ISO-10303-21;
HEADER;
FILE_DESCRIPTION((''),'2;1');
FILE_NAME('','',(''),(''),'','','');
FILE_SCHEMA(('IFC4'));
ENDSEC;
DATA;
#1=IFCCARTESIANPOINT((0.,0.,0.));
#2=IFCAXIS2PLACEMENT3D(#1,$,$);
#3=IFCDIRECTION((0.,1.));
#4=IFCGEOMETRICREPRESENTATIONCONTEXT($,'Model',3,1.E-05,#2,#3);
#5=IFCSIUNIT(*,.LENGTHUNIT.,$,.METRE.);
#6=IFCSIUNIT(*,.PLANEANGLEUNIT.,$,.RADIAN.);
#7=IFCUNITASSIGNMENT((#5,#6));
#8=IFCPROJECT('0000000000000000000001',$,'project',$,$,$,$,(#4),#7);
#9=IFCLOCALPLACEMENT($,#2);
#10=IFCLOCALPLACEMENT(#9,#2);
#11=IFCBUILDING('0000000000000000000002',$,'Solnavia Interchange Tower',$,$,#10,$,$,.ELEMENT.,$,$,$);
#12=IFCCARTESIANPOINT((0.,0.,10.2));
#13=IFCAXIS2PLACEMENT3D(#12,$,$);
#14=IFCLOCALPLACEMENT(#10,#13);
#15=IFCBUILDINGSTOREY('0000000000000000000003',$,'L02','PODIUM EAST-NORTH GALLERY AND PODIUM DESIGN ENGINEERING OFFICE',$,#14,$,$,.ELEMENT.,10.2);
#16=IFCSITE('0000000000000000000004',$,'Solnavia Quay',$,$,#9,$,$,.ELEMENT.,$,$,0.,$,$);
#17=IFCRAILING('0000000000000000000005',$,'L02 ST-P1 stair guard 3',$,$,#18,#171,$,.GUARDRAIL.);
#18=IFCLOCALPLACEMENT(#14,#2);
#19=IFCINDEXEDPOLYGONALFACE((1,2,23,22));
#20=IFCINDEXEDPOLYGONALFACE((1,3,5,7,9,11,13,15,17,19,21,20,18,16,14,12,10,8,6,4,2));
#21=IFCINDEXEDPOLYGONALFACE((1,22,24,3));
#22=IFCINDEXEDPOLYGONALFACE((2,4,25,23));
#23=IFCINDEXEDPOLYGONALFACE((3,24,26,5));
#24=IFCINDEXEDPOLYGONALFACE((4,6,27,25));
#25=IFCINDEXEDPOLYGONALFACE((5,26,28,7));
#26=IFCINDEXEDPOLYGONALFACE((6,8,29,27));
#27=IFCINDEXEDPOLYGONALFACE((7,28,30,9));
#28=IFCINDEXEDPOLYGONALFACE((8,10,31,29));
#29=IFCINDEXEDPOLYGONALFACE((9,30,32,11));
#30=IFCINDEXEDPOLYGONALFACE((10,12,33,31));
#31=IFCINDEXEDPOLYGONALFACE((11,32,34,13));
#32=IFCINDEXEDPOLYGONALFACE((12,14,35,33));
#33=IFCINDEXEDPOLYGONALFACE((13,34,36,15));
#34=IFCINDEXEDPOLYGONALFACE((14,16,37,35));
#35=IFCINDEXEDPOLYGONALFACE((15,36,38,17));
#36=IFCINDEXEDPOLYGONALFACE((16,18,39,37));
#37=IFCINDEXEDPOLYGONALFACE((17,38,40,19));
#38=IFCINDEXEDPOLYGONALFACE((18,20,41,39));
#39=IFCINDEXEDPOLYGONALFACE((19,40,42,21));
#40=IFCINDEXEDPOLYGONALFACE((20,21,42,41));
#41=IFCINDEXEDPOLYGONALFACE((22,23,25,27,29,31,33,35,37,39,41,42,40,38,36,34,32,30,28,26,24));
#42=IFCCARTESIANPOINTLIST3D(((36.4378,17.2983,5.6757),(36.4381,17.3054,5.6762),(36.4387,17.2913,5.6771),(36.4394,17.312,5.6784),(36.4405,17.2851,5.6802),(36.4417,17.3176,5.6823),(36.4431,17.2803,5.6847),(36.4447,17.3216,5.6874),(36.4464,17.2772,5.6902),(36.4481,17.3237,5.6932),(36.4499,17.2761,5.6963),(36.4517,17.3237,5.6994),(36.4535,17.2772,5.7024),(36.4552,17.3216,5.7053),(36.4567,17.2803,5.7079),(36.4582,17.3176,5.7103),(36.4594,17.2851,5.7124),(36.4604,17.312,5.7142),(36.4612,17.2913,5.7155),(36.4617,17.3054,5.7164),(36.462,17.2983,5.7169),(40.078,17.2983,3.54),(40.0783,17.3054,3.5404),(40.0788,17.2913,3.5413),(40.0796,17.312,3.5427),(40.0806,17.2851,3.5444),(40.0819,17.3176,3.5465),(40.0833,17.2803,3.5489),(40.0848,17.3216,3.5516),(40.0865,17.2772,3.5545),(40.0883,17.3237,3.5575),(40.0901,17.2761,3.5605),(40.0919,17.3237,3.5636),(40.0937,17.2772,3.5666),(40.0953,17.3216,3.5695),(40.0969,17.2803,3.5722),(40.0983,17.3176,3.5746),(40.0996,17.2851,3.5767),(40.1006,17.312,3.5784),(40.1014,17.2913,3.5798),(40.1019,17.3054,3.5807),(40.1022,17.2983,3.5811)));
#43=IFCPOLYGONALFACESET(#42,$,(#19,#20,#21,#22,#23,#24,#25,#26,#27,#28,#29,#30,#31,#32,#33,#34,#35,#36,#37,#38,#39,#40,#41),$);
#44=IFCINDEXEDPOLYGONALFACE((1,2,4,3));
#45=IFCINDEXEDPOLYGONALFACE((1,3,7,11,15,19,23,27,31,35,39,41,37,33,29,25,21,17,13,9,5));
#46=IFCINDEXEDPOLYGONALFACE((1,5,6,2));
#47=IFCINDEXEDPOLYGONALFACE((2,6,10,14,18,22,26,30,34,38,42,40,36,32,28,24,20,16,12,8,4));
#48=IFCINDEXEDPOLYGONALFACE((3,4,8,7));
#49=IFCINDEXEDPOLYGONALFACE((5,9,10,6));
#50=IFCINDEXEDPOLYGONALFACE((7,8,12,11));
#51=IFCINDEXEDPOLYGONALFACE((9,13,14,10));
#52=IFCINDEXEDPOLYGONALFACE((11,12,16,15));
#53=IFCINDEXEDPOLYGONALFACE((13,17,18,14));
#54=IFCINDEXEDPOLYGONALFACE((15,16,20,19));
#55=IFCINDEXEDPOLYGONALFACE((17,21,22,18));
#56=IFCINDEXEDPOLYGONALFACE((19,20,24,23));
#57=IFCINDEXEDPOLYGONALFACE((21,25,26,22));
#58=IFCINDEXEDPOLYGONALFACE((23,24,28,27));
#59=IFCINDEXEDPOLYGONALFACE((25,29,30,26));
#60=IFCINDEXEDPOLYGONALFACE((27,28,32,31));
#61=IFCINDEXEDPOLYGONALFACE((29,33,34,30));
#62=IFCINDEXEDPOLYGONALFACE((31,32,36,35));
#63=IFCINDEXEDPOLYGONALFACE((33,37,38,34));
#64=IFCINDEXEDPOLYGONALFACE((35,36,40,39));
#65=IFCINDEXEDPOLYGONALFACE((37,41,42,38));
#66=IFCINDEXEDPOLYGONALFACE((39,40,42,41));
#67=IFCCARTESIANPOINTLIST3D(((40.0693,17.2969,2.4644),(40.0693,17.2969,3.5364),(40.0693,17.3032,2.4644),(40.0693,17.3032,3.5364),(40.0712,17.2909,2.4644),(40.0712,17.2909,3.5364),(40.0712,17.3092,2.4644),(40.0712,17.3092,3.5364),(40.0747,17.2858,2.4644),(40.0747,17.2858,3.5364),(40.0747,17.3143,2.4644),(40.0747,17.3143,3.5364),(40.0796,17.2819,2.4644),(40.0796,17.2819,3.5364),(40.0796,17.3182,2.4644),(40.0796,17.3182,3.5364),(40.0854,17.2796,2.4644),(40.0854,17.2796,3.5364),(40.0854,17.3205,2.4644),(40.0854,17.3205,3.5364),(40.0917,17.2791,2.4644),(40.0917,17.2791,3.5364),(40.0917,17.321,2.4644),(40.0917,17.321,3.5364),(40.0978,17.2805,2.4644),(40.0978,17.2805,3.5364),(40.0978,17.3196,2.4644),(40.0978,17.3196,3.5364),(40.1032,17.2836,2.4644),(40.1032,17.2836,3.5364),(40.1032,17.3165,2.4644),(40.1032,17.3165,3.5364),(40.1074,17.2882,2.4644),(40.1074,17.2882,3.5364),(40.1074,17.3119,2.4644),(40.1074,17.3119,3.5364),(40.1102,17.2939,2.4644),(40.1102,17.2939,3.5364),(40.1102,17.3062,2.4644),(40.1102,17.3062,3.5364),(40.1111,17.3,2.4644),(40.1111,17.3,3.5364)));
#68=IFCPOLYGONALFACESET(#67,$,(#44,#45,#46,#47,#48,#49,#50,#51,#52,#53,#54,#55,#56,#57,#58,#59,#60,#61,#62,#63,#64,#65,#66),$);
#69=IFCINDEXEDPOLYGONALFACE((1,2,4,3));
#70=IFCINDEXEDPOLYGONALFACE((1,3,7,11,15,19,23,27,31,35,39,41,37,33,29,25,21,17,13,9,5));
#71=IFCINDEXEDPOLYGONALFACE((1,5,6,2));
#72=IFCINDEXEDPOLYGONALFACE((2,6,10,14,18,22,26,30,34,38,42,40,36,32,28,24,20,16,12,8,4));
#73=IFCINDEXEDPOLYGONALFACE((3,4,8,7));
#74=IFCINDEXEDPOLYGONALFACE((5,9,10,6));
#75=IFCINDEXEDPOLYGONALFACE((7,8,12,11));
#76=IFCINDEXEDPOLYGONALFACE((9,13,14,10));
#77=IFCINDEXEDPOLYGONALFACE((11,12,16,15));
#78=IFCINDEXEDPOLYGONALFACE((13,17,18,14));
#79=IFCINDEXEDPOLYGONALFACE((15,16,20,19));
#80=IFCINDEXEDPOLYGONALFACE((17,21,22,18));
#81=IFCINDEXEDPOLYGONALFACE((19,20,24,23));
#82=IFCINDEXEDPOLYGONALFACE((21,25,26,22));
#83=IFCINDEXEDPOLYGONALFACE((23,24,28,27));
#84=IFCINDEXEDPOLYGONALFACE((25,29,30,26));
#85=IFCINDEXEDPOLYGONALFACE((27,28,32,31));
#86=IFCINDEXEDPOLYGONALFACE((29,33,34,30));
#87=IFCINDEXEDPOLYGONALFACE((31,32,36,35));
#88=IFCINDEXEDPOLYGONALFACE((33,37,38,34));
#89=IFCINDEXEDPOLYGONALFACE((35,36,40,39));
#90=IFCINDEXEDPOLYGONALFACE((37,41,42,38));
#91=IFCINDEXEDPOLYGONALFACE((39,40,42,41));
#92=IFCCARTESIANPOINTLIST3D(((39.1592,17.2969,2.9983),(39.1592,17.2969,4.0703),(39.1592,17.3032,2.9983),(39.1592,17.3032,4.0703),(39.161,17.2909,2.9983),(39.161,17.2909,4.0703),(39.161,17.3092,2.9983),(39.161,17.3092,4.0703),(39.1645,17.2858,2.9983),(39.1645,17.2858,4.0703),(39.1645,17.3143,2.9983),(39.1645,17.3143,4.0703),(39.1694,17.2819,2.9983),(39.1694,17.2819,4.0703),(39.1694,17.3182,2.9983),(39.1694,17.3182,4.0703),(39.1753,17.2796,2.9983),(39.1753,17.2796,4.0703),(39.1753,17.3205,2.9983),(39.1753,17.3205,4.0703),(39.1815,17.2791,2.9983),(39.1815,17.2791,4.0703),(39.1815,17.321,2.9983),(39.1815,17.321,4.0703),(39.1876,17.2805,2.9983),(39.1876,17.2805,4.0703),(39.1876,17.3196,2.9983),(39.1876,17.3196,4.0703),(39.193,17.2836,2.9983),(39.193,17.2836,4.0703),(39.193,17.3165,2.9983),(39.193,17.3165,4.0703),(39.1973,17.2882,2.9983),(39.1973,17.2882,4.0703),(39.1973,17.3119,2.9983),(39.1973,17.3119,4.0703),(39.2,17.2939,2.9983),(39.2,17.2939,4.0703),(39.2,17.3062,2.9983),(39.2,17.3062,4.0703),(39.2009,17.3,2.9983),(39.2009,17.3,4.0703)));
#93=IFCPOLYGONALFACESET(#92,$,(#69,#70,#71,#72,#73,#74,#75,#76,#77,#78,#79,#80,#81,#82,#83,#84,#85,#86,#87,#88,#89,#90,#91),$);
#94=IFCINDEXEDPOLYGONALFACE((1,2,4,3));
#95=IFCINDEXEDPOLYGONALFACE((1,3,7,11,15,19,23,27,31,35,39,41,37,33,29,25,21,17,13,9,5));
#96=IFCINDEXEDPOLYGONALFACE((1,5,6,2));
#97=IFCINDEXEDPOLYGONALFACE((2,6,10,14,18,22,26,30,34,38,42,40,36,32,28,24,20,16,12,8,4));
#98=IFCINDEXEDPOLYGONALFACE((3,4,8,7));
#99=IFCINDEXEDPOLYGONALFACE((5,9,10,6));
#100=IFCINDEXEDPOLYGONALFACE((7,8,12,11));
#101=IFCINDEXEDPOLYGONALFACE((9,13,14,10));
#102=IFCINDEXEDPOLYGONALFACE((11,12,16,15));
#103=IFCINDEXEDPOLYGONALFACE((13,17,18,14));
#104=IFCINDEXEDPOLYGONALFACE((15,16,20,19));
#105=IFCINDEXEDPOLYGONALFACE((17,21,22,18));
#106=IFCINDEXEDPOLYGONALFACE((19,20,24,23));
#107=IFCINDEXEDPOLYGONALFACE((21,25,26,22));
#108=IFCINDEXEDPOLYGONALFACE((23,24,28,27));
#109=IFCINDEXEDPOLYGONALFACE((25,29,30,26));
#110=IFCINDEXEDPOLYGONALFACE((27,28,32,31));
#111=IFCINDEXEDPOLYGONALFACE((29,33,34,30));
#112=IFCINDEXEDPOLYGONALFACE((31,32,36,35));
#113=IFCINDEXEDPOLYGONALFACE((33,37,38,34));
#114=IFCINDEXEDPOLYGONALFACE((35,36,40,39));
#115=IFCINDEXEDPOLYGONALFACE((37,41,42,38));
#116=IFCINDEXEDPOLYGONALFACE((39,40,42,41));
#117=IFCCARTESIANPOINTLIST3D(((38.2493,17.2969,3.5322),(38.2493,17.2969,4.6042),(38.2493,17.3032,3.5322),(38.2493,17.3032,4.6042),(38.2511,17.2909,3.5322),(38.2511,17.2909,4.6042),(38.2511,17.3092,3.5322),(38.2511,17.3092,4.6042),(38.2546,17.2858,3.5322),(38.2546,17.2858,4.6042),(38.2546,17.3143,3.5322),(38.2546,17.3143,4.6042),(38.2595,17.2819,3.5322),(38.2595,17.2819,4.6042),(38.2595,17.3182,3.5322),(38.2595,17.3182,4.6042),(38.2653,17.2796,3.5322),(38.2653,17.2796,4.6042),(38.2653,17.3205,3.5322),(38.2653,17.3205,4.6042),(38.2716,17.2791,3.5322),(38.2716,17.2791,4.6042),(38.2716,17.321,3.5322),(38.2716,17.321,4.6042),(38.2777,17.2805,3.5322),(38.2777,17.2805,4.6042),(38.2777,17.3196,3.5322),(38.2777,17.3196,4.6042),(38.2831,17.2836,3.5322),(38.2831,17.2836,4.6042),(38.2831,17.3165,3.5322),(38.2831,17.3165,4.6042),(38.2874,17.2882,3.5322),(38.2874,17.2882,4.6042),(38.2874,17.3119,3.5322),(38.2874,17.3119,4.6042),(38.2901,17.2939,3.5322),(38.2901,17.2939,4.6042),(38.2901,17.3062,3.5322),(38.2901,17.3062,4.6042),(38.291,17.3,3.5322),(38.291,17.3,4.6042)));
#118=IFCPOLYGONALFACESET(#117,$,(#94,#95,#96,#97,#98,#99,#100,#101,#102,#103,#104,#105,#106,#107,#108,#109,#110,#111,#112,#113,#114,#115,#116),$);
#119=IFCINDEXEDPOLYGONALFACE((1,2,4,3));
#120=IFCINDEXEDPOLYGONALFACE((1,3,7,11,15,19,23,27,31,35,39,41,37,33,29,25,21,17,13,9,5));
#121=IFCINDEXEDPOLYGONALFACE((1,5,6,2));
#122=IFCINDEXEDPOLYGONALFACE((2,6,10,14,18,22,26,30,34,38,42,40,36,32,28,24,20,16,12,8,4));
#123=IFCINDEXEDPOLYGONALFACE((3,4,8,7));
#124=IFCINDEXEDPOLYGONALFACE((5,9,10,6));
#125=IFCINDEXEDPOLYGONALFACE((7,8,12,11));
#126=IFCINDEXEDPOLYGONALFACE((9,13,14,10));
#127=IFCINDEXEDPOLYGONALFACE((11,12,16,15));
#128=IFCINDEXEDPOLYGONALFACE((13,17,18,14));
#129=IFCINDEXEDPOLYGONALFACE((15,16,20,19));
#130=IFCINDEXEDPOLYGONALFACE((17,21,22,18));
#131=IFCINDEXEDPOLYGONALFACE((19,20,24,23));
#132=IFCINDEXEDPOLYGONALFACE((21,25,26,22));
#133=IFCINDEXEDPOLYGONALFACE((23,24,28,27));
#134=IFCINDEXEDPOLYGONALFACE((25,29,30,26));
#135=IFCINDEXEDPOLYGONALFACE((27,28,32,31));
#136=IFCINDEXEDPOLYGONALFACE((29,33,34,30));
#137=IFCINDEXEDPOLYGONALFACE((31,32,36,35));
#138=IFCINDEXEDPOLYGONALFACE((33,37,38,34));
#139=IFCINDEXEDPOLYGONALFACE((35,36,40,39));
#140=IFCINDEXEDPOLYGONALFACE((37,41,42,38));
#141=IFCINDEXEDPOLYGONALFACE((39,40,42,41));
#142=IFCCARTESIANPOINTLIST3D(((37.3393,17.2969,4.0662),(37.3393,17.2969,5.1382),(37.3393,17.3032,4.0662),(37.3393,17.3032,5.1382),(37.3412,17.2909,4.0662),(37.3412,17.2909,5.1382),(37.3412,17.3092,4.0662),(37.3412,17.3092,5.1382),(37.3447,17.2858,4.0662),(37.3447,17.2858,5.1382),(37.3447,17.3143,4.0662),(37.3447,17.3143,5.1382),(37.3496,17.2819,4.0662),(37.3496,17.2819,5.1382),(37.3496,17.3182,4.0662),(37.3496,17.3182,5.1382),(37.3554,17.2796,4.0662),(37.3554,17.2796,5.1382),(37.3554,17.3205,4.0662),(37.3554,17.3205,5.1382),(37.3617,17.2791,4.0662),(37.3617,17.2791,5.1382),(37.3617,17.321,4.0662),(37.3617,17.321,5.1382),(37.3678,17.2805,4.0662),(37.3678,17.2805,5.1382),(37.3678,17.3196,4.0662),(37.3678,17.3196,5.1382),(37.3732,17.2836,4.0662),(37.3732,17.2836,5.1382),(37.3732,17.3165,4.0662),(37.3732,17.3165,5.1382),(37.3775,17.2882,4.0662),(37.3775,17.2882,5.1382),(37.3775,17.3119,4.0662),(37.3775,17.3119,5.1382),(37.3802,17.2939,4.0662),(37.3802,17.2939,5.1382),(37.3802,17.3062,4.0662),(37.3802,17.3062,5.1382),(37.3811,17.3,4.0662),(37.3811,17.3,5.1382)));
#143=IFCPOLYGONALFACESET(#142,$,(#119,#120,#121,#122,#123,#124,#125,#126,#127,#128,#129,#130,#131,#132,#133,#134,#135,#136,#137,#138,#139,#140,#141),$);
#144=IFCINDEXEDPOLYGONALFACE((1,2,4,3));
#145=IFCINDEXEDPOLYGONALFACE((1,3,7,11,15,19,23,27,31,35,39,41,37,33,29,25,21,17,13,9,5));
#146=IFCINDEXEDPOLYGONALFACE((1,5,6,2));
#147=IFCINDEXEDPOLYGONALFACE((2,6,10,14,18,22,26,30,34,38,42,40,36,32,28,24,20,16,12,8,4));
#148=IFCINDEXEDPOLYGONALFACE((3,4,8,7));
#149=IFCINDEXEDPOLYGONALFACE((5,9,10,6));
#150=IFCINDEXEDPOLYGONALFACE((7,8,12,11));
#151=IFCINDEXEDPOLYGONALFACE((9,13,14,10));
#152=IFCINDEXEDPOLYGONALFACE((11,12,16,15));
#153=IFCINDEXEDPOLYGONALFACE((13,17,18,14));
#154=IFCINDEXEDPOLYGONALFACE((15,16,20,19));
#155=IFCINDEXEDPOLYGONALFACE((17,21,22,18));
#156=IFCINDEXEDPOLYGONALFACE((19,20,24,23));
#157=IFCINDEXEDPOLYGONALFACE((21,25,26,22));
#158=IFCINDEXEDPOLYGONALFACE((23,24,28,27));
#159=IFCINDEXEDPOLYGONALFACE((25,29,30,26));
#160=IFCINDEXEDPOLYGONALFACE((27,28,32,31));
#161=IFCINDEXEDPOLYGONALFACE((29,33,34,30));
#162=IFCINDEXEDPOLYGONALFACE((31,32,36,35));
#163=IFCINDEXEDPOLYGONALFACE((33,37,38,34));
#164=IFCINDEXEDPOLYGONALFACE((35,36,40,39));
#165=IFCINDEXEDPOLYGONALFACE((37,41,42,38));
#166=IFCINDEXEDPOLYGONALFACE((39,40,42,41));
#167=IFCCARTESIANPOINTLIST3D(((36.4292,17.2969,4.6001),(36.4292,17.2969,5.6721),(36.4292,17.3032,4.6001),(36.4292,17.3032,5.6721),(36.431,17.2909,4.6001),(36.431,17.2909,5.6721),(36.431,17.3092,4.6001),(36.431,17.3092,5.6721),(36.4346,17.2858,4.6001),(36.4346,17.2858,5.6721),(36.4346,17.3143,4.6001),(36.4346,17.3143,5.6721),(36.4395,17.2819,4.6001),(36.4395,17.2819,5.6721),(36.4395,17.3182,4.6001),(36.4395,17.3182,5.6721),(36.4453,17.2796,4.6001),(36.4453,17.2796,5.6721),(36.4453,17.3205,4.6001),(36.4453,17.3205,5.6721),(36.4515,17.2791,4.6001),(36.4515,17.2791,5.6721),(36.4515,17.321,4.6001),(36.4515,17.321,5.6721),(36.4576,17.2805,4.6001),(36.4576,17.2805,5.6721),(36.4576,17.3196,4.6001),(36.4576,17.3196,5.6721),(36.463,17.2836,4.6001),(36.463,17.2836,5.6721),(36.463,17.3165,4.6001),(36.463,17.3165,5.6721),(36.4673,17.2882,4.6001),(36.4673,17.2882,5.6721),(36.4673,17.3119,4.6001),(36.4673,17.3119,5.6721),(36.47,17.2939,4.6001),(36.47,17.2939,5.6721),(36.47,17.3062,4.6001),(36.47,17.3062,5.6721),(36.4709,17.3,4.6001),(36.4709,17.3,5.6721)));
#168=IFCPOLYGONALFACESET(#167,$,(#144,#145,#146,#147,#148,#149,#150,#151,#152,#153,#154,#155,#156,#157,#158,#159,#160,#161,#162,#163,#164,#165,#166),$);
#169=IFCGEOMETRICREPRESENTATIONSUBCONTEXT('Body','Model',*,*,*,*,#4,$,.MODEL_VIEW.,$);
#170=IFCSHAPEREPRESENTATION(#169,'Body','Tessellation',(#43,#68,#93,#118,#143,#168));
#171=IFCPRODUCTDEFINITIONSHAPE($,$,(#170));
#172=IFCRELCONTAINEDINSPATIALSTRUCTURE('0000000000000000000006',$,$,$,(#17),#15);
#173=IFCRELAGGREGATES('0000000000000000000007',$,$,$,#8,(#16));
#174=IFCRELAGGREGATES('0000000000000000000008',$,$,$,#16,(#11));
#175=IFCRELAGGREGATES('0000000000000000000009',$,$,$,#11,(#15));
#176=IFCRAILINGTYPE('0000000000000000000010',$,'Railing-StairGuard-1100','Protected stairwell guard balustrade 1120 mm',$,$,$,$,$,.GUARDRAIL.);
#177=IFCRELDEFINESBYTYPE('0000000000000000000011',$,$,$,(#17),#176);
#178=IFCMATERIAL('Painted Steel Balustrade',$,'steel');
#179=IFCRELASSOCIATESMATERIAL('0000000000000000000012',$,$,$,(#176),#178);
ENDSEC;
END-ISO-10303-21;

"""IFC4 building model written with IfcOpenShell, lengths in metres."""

from ifc_helpers import new_model, si_unit, direction, frame, origin, origin_2d, place, context, subcontext, project, spatial, circle, extrude, material, type_object, element, save


model = new_model("IFC4")

# Units and contexts
model_context = context("Model", 3, precision=1e-05, world=origin(), true_north=direction((0.0, 1.0)))
body_context = subcontext(model_context, "Body", "Model", "MODEL_VIEW")
ifc_project = project(units=[si_unit("LENGTHUNIT", "METRE"), si_unit("PLANEANGLEUNIT", "RADIAN")], contexts=[model_context])

# Site, building, storey
site_placement = place(None, origin())
site = spatial("IfcSite", under=ifc_project, at=site_placement, Name="Solnavia Quay", CompositionType="ELEMENT", RefElevation=0.0)
building_placement = place(site_placement, origin())
building = spatial("IfcBuilding", under=site, at=building_placement, Name="Solnavia Interchange Tower", CompositionType="ELEMENT")
storey_placement = place(building_placement, frame((0.0, 0.0, 10.2)))
storey = spatial("IfcBuildingStorey", under=building, at=storey_placement, Name="L02", Description="PODIUM EAST-NORTH GALLERY AND PODIUM DESIGN ENGINEERING OFFICE", CompositionType="ELEMENT", Elevation=10.2)

# Railing
ifc_material_1 = material(Name="Painted Steel Balustrade", Category="steel")
railing_type_1 = type_object("IfcRailingType", Name="Railing-StairGuard-1100", Description="Protected stairwell guard balustrade 1120 mm", PredefinedType="GUARDRAIL", material=ifc_material_1)
railing_1_placement = place(storey_placement, frame((40.0901, 17.3, 2.4644)))
element("IfcRailing", 1, at=railing_1_placement, inside=storey, type_object=railing_type_1, Name="L02 ST-P1 stair guard 3", PredefinedType="GUARDRAIL", context=body_context, shape_type="SweptSolid", body=[
    extrude(circle(Radius=0.0239, at=origin_2d()), frame((0.0, 0.0, 1.0962), z_axis=(-0.862505, 0.0, 0.506049), x_axis=(0.0, -1.0, 0.0)), (0.0, 0.0, 1.0), 4.2205),
    extrude(circle(Radius=0.021, at=origin_2d()), origin(), (0.0, 0.0, 1.0), 1.072),
    extrude(circle(Radius=0.021, at=origin_2d()), frame((-0.9102, 0.0, 0.5339)), (0.0, 0.0, 1.0), 1.072),
    extrude(circle(Radius=0.021, at=origin_2d()), frame((-1.8201, 0.0, 1.0679)), (0.0, 0.0, 1.0), 1.072),
    extrude(circle(Radius=0.021, at=origin_2d()), frame((-2.73, 0.0, 1.6018)), (0.0, 0.0, 1.0), 1.072),
    extrude(circle(Radius=0.021, at=origin_2d()), frame((-3.6401, 0.0, 2.1357)), (0.0, 0.0, 1.0), 1.072),
])

save(model, "model.ifc")
